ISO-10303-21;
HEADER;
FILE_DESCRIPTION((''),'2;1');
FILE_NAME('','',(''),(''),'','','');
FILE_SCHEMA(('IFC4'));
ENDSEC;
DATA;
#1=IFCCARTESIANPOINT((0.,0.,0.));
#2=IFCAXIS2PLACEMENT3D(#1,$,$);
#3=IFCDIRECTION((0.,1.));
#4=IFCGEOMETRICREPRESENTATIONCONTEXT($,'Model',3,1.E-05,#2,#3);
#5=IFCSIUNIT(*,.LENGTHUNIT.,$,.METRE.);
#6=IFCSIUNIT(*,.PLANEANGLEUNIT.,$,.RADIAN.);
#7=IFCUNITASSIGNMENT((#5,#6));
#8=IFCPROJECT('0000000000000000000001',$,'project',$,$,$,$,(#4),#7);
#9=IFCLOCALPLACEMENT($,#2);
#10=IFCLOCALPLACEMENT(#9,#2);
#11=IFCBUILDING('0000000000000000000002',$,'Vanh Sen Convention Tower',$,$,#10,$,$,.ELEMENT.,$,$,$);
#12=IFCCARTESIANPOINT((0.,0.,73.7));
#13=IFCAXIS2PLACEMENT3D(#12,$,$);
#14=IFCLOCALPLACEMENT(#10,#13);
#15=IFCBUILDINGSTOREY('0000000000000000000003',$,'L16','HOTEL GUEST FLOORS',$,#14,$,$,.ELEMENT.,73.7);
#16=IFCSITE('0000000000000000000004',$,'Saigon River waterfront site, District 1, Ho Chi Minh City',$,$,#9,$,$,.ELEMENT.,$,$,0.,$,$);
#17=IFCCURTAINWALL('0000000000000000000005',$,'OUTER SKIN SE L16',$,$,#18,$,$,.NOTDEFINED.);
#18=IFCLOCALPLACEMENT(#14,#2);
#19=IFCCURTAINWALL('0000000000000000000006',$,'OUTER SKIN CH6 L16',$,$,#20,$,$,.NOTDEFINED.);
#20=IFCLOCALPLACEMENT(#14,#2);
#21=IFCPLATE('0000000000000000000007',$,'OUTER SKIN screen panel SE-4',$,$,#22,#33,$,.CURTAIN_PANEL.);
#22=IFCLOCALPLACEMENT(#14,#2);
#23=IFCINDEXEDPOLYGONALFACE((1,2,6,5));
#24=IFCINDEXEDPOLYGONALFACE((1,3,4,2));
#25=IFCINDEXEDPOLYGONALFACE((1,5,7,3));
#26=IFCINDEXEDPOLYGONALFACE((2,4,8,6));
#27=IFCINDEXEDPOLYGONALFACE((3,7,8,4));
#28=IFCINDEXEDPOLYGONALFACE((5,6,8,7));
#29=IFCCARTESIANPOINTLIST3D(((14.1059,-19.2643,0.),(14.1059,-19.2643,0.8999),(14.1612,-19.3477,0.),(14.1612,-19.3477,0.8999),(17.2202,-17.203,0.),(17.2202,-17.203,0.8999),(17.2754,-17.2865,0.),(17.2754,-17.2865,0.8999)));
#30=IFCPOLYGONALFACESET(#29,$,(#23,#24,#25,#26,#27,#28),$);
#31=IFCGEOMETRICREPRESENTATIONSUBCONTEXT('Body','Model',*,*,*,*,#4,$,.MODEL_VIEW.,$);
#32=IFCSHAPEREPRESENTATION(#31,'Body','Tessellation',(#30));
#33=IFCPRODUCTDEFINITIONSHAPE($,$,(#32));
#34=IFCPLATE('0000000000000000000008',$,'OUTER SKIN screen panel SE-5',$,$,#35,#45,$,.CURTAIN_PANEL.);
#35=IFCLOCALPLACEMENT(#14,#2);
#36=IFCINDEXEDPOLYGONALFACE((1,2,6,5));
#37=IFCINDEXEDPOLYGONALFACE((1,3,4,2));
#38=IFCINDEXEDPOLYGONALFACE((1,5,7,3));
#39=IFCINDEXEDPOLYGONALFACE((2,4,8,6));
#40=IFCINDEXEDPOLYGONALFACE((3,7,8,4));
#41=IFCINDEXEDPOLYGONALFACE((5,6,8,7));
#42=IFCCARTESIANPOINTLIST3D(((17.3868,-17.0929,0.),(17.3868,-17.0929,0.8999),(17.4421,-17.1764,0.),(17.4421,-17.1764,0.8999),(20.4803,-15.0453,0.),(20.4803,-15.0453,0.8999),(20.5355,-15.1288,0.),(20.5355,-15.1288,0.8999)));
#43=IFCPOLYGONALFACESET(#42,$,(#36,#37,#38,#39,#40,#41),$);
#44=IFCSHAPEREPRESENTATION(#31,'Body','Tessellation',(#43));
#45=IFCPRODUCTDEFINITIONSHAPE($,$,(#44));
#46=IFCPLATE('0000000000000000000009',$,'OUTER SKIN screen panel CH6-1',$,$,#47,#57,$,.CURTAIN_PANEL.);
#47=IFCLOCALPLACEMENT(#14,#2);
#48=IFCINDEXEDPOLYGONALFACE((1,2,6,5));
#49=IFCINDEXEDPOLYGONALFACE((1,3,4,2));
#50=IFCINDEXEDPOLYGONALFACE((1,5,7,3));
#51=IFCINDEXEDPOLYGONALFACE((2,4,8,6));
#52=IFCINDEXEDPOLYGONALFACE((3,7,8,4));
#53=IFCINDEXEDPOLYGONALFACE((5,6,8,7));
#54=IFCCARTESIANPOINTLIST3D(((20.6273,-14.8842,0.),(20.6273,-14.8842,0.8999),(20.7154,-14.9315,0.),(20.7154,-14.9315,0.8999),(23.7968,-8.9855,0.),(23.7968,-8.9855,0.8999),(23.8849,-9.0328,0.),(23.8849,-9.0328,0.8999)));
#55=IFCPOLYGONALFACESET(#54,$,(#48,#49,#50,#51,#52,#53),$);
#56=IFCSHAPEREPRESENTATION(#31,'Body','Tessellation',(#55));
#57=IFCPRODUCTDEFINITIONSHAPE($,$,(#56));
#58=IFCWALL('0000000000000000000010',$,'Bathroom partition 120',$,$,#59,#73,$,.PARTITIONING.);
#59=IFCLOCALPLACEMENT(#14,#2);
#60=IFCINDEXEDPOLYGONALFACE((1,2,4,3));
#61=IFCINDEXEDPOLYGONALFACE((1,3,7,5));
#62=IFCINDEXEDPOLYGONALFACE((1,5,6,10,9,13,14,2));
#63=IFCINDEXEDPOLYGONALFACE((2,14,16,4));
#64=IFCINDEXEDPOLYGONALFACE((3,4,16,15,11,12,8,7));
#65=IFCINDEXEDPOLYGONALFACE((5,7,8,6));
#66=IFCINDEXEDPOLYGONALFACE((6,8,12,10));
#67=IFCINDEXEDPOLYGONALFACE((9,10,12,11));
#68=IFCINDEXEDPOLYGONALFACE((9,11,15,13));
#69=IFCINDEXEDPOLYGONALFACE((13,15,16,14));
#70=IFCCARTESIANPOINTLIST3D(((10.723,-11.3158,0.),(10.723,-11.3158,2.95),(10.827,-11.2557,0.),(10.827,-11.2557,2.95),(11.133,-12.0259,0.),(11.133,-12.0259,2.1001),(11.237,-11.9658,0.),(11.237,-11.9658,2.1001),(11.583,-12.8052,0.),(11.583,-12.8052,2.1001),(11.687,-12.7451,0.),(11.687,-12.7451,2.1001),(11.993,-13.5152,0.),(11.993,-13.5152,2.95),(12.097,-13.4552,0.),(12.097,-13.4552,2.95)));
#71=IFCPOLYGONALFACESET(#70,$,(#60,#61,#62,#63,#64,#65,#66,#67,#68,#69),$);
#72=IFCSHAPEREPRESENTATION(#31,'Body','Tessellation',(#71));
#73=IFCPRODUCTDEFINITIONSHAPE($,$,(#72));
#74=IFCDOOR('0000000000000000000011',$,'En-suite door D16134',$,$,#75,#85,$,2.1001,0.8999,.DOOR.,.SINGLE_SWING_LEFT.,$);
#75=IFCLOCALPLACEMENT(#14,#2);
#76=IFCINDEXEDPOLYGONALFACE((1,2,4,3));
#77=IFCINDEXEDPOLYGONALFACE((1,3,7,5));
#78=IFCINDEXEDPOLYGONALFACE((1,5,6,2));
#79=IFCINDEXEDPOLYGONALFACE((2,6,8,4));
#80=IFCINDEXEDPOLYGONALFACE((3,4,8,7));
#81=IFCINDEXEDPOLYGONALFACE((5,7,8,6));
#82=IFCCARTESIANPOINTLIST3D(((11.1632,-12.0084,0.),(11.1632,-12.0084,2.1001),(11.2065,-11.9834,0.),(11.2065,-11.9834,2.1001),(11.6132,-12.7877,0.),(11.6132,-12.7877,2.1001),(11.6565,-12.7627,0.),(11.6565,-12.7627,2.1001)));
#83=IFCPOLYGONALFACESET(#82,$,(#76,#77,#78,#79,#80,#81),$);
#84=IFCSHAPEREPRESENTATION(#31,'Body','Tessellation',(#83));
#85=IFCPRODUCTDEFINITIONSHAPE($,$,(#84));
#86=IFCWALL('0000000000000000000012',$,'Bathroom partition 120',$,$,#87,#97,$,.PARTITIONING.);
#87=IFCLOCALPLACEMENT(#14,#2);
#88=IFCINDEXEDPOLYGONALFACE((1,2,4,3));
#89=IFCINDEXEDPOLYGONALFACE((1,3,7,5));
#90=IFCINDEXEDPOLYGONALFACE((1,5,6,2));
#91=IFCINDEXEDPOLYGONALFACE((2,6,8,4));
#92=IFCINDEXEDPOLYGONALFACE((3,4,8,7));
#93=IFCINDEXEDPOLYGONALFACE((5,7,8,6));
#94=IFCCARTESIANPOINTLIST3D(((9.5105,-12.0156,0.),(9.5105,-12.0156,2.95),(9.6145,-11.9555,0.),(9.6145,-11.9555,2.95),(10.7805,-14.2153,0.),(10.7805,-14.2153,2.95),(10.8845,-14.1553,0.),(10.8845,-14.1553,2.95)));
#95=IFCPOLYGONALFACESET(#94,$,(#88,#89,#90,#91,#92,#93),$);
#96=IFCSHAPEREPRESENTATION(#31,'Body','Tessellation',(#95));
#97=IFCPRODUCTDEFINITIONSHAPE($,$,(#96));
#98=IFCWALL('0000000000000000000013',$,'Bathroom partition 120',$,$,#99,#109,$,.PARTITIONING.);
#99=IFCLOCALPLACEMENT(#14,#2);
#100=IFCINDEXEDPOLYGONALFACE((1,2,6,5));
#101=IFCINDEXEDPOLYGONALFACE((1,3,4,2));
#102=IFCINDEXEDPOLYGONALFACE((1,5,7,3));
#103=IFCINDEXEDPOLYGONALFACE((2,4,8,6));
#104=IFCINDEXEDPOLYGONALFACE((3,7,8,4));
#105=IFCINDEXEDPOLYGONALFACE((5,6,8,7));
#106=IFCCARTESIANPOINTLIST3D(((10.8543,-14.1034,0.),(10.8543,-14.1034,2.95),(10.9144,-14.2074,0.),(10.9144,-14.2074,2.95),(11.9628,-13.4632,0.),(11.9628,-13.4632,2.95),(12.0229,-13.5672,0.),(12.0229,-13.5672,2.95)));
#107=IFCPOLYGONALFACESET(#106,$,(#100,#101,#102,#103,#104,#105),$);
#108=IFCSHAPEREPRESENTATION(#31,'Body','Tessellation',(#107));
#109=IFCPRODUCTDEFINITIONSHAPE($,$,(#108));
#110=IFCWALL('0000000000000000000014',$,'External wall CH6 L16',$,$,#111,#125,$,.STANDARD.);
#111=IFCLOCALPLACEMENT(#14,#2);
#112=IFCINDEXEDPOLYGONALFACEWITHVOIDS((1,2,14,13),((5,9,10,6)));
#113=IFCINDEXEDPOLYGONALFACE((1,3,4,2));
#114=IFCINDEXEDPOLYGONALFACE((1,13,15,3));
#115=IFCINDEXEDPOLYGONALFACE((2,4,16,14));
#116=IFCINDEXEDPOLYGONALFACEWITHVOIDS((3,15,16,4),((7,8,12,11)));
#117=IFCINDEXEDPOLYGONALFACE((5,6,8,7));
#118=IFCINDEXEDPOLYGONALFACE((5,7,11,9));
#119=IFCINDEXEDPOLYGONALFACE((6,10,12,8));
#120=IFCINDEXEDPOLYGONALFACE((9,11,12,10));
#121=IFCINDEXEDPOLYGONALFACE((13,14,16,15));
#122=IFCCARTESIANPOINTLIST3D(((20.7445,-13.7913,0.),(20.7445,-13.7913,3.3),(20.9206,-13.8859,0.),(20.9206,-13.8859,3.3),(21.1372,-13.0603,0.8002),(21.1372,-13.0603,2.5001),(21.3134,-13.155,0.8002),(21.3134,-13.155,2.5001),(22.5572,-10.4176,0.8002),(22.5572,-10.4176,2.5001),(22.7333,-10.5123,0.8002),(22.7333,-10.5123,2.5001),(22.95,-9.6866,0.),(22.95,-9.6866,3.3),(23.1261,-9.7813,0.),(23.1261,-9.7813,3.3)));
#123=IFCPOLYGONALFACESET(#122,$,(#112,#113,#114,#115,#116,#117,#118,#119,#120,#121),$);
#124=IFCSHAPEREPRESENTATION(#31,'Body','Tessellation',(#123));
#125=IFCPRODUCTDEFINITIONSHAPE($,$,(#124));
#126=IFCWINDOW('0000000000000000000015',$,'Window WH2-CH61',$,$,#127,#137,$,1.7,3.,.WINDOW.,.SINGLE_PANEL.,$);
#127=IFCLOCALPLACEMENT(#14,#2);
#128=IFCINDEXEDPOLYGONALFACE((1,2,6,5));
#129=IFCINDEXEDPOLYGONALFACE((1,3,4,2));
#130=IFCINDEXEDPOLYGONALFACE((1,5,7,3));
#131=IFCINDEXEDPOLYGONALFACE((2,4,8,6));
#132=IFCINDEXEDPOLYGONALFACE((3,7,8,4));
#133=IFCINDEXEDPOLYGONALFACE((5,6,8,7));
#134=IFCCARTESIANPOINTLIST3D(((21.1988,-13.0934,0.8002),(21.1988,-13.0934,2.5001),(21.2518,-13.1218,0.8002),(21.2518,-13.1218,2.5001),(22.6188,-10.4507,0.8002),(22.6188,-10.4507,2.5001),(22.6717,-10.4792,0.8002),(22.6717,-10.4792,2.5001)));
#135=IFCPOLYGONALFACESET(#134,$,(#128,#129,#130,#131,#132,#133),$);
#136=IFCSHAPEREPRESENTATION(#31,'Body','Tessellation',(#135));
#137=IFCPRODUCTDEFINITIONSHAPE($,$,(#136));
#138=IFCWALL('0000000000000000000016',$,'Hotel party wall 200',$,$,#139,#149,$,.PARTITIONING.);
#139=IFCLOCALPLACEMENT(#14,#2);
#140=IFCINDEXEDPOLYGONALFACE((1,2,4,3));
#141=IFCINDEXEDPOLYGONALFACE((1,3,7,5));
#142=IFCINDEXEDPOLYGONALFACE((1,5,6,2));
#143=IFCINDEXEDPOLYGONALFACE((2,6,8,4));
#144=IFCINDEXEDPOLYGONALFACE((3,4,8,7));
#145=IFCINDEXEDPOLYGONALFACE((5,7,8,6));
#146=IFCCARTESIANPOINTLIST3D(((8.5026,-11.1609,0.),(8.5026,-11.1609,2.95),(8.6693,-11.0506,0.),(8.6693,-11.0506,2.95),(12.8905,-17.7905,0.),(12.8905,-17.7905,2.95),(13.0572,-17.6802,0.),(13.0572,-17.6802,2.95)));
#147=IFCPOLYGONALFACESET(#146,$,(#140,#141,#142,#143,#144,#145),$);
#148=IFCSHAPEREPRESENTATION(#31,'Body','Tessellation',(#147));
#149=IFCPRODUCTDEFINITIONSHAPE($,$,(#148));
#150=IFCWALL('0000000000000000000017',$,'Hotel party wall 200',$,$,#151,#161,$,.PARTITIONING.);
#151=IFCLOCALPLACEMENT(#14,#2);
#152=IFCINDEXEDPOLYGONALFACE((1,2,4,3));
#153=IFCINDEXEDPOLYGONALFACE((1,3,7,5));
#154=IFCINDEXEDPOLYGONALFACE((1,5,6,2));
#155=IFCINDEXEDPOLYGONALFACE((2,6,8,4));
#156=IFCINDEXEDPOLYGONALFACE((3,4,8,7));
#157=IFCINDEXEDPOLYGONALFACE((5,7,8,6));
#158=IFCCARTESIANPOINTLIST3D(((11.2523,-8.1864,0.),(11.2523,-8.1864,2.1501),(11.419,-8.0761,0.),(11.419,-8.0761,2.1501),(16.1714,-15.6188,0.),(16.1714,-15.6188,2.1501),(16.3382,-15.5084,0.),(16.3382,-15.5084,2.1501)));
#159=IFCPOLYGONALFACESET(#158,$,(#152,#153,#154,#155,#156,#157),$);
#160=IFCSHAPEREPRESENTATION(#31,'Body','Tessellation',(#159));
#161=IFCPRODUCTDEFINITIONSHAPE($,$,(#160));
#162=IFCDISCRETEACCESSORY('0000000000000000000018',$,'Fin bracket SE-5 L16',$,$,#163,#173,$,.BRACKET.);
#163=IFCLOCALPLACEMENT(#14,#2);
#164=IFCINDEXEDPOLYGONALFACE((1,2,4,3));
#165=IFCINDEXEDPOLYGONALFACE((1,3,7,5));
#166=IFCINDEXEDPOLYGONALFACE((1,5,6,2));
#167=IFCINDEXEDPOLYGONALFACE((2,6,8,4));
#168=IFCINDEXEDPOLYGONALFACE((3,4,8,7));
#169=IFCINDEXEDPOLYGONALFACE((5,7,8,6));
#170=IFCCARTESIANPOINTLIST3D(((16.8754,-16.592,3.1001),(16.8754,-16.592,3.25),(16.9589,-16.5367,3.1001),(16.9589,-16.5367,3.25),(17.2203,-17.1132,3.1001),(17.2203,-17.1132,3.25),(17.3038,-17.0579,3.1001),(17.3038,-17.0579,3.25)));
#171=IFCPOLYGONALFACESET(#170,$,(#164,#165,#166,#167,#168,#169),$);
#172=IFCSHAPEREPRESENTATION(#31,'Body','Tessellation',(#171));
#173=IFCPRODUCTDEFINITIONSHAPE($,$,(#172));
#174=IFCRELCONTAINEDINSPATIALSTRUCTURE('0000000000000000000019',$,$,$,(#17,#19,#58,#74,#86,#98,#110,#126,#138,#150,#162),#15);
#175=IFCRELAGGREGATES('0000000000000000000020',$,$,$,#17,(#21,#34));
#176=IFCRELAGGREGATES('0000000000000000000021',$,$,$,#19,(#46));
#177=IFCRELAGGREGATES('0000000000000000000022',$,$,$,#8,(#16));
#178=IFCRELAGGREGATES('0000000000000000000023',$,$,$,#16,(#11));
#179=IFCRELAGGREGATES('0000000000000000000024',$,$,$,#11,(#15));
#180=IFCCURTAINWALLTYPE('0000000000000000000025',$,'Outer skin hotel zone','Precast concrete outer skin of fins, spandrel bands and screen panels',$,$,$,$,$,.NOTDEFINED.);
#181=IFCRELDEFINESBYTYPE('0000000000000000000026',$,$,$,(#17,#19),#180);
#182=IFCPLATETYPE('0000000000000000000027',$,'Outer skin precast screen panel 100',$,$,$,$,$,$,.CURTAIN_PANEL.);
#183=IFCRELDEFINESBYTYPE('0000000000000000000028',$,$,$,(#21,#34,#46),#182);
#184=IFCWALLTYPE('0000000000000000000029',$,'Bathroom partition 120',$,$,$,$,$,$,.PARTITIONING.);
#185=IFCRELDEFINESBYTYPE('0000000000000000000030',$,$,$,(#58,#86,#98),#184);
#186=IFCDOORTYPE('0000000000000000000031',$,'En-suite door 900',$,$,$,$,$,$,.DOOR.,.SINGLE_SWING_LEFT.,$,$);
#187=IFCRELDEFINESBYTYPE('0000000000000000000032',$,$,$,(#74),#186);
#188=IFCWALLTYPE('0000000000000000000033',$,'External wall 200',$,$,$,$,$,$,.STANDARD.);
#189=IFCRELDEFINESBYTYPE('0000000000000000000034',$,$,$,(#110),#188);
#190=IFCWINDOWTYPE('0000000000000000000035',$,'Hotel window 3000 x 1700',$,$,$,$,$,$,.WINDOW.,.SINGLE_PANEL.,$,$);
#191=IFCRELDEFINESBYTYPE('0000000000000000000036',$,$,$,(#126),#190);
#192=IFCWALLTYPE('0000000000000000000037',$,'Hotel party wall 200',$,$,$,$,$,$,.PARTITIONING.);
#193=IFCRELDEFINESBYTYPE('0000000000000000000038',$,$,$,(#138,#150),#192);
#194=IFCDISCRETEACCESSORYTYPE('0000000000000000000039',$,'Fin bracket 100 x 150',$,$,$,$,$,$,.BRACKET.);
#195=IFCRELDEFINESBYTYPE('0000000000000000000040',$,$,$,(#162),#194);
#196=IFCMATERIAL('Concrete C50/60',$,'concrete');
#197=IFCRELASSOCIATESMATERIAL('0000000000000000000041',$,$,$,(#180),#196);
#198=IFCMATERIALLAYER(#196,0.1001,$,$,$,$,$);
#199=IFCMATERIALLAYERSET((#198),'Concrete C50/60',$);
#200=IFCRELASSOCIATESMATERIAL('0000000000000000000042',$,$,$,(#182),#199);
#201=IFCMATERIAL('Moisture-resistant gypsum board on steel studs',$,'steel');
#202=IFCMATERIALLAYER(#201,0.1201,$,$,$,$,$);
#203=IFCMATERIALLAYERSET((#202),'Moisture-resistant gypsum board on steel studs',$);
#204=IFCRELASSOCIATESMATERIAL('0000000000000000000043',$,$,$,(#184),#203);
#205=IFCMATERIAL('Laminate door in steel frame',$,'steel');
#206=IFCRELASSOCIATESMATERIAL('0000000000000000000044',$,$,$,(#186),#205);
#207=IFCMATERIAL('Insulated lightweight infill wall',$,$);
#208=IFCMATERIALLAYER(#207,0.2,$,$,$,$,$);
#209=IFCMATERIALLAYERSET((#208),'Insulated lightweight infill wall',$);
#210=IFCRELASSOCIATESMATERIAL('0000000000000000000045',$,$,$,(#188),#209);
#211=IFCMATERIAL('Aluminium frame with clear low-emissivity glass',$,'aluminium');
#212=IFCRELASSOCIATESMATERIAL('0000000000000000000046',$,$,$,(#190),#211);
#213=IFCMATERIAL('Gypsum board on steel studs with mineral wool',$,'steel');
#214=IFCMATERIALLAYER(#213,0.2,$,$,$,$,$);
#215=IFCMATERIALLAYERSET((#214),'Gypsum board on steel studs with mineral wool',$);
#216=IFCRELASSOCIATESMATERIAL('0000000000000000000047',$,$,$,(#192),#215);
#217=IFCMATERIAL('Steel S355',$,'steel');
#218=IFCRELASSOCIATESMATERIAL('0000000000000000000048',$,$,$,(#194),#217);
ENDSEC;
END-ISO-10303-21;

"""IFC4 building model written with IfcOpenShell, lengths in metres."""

from ifc_helpers import new_model, si_unit, direction, frame, frame_2d, origin, origin_2d, place, context, subcontext, project, spatial, rectangle, extrude, material, layer, layer_set, type_object, element, fill, aggregate, save


model = new_model("IFC4")

# Units and contexts
model_context = context("Model", 3, precision=1e-05, world=origin(), true_north=direction((0.0, 1.0)))
body_context = subcontext(model_context, "Body", "Model", "MODEL_VIEW")
ifc_project = project(units=[si_unit("LENGTHUNIT", "METRE"), si_unit("PLANEANGLEUNIT", "RADIAN")], contexts=[model_context])

# Site, building, storey
site_placement = place(None, origin())
site = spatial("IfcSite", under=ifc_project, at=site_placement, Name="Saigon River waterfront site, District 1, Ho Chi Minh City", CompositionType="ELEMENT", RefElevation=0.0)
building_placement = place(site_placement, origin())
building = spatial("IfcBuilding", under=site, at=building_placement, Name="Vanh Sen Convention Tower", CompositionType="ELEMENT")
storey_placement = place(building_placement, frame((0.0, 0.0, 73.7)))
storey = spatial("IfcBuildingStorey", under=building, at=storey_placement, Name="L16", Description="HOTEL GUEST FLOORS", CompositionType="ELEMENT", Elevation=73.7)

# Curtain wall
ifc_material_1 = material(Name="Concrete C50/60", Category="concrete")
curtain_wall_type = type_object("IfcCurtainWallType", Name="Outer skin hotel zone", Description="Precast concrete outer skin of fins, spandrel bands and screen panels", PredefinedType="NOTDEFINED", material=ifc_material_1)
curtain_wall_1_placement = place(storey_placement, origin())
curtain_wall_1 = element("IfcCurtainWall", 1, at=curtain_wall_1_placement, inside=storey, type_object=curtain_wall_type, Name="OUTER SKIN SE L16", PredefinedType="NOTDEFINED")

# Curtain wall
curtain_wall_2_placement = place(storey_placement, origin())
curtain_wall_2 = element("IfcCurtainWall", 2, at=curtain_wall_2_placement, inside=storey, type_object=curtain_wall_type, Name="OUTER SKIN CH6 L16", PredefinedType="NOTDEFINED")

# Plates
ifc_layer_1 = layer(ifc_material_1, 0.1001)
ifc_layer_set_1 = layer_set([ifc_layer_1], Name="Concrete C50/60")
plate_type = type_object("IfcPlateType", Name="Outer skin precast screen panel 100", PredefinedType="CURTAIN_PANEL", material=ifc_layer_set_1)
plate_1_placement = place(storey_placement, frame((15.6907, -18.2754, 0.0), z_axis=(0.0, 0.0, 1.0), x_axis=(0.833892, 0.551928, 0.0)))
plate_1 = element("IfcPlate", 3, at=plate_1_placement, type_object=plate_type, Name="OUTER SKIN screen panel SE-4", PredefinedType="CURTAIN_PANEL", context=body_context, shape_type="SweptSolid", body=[
    extrude(rectangle(XDim=3.7346, YDim=0.1001, at=origin_2d()), origin(), (0.0, 0.0, 1.0), 0.8999),
])
plate_2_placement = place(storey_placement, frame((18.9612, -16.1108, 0.0), z_axis=(0.0, 0.0, 1.0), x_axis=(0.83388, 0.551946, 0.0)))
plate_2 = element("IfcPlate", 4, at=plate_2_placement, type_object=plate_type, Name="OUTER SKIN screen panel SE-5", PredefinedType="CURTAIN_PANEL", context=body_context, shape_type="SweptSolid", body=[
    extrude(rectangle(XDim=3.7097, YDim=0.1001, at=origin_2d()), origin(), (0.0, 0.0, 1.0), 0.8999),
])
aggregate(curtain_wall_1, [plate_1, plate_2])
plate_3_placement = place(storey_placement, frame((22.2561, -11.9585, 0.0), z_axis=(0.0, 0.0, 1.0), x_axis=(0.473323, 0.880889, 0.0)))
plate_3 = element("IfcPlate", 5, at=plate_3_placement, type_object=plate_type, Name="OUTER SKIN screen panel CH6-1", PredefinedType="CURTAIN_PANEL", context=body_context, shape_type="SweptSolid", body=[
    extrude(rectangle(XDim=6.6963, YDim=0.1001, at=origin_2d()), origin(), (0.0, 0.0, 1.0), 0.8999),
])
aggregate(curtain_wall_2, [plate_3])

# Wall, opening, door
ifc_material_2 = material(Name="Moisture-resistant gypsum board on steel studs", Category="steel")
ifc_layer_2 = layer(ifc_material_2, 0.1201)
ifc_layer_set_2 = layer_set([ifc_layer_2], Name="Moisture-resistant gypsum board on steel studs")
wall_type_1 = type_object("IfcWallType", Name="Bathroom partition 120", PredefinedType="PARTITIONING", material=ifc_layer_set_2)
wall_1_placement = place(storey_placement, frame((10.7749, -11.2856, 0.0), z_axis=(0.0, 0.0, 1.0), x_axis=(0.500047, -0.865998, 0.0)))
wall_1 = element("IfcWall", 6, at=wall_1_placement, inside=storey, type_object=wall_type_1, Name="Bathroom partition 120", PredefinedType="PARTITIONING", context=body_context, shape_type="SweptSolid", body=[
    extrude(rectangle(XDim=2.5398, YDim=0.1201, at=frame_2d((1.27, 0.0))), origin(), (0.0, 0.0, 1.0), 2.95),
])
opening_1_placement = place(wall_1_placement, frame((0.8201, 0.0, 0.0)))
opening_1 = element("IfcOpeningElement", 7, at=opening_1_placement, cuts=wall_1, PredefinedType="OPENING", context=body_context, shape_type="SweptSolid", body=[
    extrude(rectangle(XDim=0.8999, YDim=2.1001, at=frame_2d((0.45, 1.05))), frame((0.0, 0.0701, 0.0), z_axis=(0.0, -1.0, 0.0), x_axis=(1.0, 0.0, 0.0)), (0.0, 0.0, 1.0), 0.1401),
])
ifc_material_3 = material(Name="Laminate door in steel frame", Category="steel")
door_type = type_object("IfcDoorType", Name="En-suite door 900", OperationType="SINGLE_SWING_LEFT", PredefinedType="DOOR", material=ifc_material_3)
door_placement = place(opening_1_placement, origin())
door = element("IfcDoor", 8, at=door_placement, inside=storey, type_object=door_type, Name="En-suite door D16134", OperationType="SINGLE_SWING_LEFT", OverallHeight=2.1001, OverallWidth=0.8999, PredefinedType="DOOR", context=body_context, shape_type="SweptSolid", body=[
    extrude(rectangle(XDim=0.8999, YDim=2.1001, at=frame_2d((0.45, 1.05))), frame((0.0, 0.0249, 0.0), z_axis=(0.0, -1.0, 0.0), x_axis=(1.0, 0.0, 0.0)), (0.0, 0.0, 1.0), 0.05),
])
fill(opening_1, door)

# Walls
wall_2_placement = place(storey_placement, frame((10.8325, -14.1853, 0.0), z_axis=(0.0, 0.0, 1.0), x_axis=(-0.500005, 0.866022, 0.0)))
element("IfcWall", 9, at=wall_2_placement, inside=storey, type_object=wall_type_1, Name="Bathroom partition 120", PredefinedType="PARTITIONING", context=body_context, shape_type="SweptSolid", body=[
    extrude(rectangle(XDim=2.54, YDim=0.1201, at=frame_2d((1.27, 0.0))), origin(), (0.0, 0.0, 1.0), 2.95),
])
wall_3_placement = place(storey_placement, frame((11.9929, -13.5151, 0.0), z_axis=(0.0, 0.0, 1.0), x_axis=(-0.865957, -0.500119, 0.0)))
element("IfcWall", 10, at=wall_3_placement, inside=storey, type_object=wall_type_1, Name="Bathroom partition 120", PredefinedType="PARTITIONING", context=body_context, shape_type="SweptSolid", body=[
    extrude(rectangle(XDim=1.28, YDim=0.1201, at=frame_2d((0.6401, 0.0))), origin(), (0.0, 0.0, 1.0), 2.95),
])

# Wall, opening, window
ifc_material_4 = material(Name="Insulated lightweight infill wall")
ifc_layer_3 = layer(ifc_material_4, 0.2)
ifc_layer_set_3 = layer_set([ifc_layer_3], Name="Insulated lightweight infill wall")
wall_type_2 = type_object("IfcWallType", Name="External wall 200", PredefinedType="STANDARD", material=ifc_layer_set_3)
wall_4_placement = place(storey_placement, frame((20.8325, -13.8386, 0.0), z_axis=(0.0, 0.0, 1.0), x_axis=(0.473322, 0.88089, 0.0)))
wall_4 = element("IfcWall", 11, at=wall_4_placement, inside=storey, type_object=wall_type_2, Name="External wall CH6 L16", PredefinedType="STANDARD", context=body_context, shape_type="SweptSolid", body=[
    extrude(rectangle(XDim=4.6597, YDim=0.2, at=frame_2d((2.3298, 0.0))), origin(), (0.0, 0.0, 1.0), 3.3),
])
opening_2_placement = place(wall_4_placement, frame((0.8298, 0.0, 0.8)))
opening_2 = element("IfcOpeningElement", 12, at=opening_2_placement, cuts=wall_4, PredefinedType="OPENING", context=body_context, shape_type="SweptSolid", body=[
    extrude(rectangle(XDim=3.0, YDim=1.7, at=frame_2d((1.5, 0.8501))), frame((0.0, 0.1099, 0.0), z_axis=(0.0, -1.0, 0.0), x_axis=(1.0, 0.0, 0.0)), (0.0, 0.0, 1.0), 0.22),
])
ifc_material_5 = material(Name="Aluminium frame with clear low-emissivity glass", Category="aluminium")
window_type = type_object("IfcWindowType", Name="Hotel window 3000 x 1700", PartitioningType="SINGLE_PANEL", PredefinedType="WINDOW", material=ifc_material_5)
window_placement = place(opening_2_placement, origin())
window = element("IfcWindow", 13, at=window_placement, inside=storey, type_object=window_type, Name="Window WH2-CH61", OverallHeight=1.7, OverallWidth=3.0, PartitioningType="SINGLE_PANEL", PredefinedType="WINDOW", context=body_context, shape_type="SweptSolid", body=[
    extrude(rectangle(XDim=3.0, YDim=1.7, at=frame_2d((1.5, 0.8501))), frame((0.0, 0.03, 0.0), z_axis=(0.0, -1.0, 0.0), x_axis=(1.0, 0.0, 0.0)), (0.0, 0.0, 1.0), 0.0601),
])
fill(opening_2, window)

# Walls
ifc_material_6 = material(Name="Gypsum board on steel studs with mineral wool", Category="steel")
ifc_layer_4 = layer(ifc_material_6, 0.2)
ifc_layer_set_4 = layer_set([ifc_layer_4], Name="Gypsum board on steel studs with mineral wool")
wall_type_3 = type_object("IfcWallType", Name="Hotel party wall 200", PredefinedType="PARTITIONING", material=ifc_layer_set_4)
wall_5_placement = place(storey_placement, frame((12.9739, -17.7354, 0.0), z_axis=(0.0, 0.0, 1.0), x_axis=(-0.551926, 0.833893, 0.0)))
element("IfcWall", 14, at=wall_5_placement, inside=storey, type_object=wall_type_3, Name="Hotel party wall 200", PredefinedType="PARTITIONING", context=body_context, shape_type="SweptSolid", body=[
    extrude(rectangle(XDim=7.9502, YDim=0.2, at=frame_2d((3.9751, 0.0))), origin(), (0.0, 0.0, 1.0), 2.95),
])
wall_6_placement = place(storey_placement, frame((16.2549, -15.5637, 0.0), z_axis=(0.0, 0.0, 1.0), x_axis=(-0.551922, 0.833896, 0.0)))
element("IfcWall", 15, at=wall_6_placement, inside=storey, type_object=wall_type_3, Name="Hotel party wall 200", PredefinedType="PARTITIONING", context=body_context, shape_type="SweptSolid", body=[
    extrude(rectangle(XDim=8.9128, YDim=0.2, at=frame_2d((4.4565, 0.0))), origin(), (0.0, 0.0, 1.0), 2.1501),
])

# Discrete accessory
ifc_material_7 = material(Name="Steel S355", Category="steel")
discrete_accessory_type = type_object("IfcDiscreteAccessoryType", Name="Fin bracket 100 x 150", PredefinedType="BRACKET", material=ifc_material_7)
discrete_accessory_placement = place(storey_placement, frame((17.0896, -16.825, 3.1001), z_axis=(0.0, 0.0, 1.0), x_axis=(0.551937, -0.833886, 0.0)))
element("IfcDiscreteAccessory", 16, at=discrete_accessory_placement, inside=storey, type_object=discrete_accessory_type, Name="Fin bracket SE-5 L16", PredefinedType="BRACKET", context=body_context, shape_type="SweptSolid", body=[
    extrude(rectangle(XDim=0.625, YDim=0.1001, at=origin_2d()), origin(), (0.0, 0.0, 1.0), 0.1499),
])

save(model, "model.ifc")
